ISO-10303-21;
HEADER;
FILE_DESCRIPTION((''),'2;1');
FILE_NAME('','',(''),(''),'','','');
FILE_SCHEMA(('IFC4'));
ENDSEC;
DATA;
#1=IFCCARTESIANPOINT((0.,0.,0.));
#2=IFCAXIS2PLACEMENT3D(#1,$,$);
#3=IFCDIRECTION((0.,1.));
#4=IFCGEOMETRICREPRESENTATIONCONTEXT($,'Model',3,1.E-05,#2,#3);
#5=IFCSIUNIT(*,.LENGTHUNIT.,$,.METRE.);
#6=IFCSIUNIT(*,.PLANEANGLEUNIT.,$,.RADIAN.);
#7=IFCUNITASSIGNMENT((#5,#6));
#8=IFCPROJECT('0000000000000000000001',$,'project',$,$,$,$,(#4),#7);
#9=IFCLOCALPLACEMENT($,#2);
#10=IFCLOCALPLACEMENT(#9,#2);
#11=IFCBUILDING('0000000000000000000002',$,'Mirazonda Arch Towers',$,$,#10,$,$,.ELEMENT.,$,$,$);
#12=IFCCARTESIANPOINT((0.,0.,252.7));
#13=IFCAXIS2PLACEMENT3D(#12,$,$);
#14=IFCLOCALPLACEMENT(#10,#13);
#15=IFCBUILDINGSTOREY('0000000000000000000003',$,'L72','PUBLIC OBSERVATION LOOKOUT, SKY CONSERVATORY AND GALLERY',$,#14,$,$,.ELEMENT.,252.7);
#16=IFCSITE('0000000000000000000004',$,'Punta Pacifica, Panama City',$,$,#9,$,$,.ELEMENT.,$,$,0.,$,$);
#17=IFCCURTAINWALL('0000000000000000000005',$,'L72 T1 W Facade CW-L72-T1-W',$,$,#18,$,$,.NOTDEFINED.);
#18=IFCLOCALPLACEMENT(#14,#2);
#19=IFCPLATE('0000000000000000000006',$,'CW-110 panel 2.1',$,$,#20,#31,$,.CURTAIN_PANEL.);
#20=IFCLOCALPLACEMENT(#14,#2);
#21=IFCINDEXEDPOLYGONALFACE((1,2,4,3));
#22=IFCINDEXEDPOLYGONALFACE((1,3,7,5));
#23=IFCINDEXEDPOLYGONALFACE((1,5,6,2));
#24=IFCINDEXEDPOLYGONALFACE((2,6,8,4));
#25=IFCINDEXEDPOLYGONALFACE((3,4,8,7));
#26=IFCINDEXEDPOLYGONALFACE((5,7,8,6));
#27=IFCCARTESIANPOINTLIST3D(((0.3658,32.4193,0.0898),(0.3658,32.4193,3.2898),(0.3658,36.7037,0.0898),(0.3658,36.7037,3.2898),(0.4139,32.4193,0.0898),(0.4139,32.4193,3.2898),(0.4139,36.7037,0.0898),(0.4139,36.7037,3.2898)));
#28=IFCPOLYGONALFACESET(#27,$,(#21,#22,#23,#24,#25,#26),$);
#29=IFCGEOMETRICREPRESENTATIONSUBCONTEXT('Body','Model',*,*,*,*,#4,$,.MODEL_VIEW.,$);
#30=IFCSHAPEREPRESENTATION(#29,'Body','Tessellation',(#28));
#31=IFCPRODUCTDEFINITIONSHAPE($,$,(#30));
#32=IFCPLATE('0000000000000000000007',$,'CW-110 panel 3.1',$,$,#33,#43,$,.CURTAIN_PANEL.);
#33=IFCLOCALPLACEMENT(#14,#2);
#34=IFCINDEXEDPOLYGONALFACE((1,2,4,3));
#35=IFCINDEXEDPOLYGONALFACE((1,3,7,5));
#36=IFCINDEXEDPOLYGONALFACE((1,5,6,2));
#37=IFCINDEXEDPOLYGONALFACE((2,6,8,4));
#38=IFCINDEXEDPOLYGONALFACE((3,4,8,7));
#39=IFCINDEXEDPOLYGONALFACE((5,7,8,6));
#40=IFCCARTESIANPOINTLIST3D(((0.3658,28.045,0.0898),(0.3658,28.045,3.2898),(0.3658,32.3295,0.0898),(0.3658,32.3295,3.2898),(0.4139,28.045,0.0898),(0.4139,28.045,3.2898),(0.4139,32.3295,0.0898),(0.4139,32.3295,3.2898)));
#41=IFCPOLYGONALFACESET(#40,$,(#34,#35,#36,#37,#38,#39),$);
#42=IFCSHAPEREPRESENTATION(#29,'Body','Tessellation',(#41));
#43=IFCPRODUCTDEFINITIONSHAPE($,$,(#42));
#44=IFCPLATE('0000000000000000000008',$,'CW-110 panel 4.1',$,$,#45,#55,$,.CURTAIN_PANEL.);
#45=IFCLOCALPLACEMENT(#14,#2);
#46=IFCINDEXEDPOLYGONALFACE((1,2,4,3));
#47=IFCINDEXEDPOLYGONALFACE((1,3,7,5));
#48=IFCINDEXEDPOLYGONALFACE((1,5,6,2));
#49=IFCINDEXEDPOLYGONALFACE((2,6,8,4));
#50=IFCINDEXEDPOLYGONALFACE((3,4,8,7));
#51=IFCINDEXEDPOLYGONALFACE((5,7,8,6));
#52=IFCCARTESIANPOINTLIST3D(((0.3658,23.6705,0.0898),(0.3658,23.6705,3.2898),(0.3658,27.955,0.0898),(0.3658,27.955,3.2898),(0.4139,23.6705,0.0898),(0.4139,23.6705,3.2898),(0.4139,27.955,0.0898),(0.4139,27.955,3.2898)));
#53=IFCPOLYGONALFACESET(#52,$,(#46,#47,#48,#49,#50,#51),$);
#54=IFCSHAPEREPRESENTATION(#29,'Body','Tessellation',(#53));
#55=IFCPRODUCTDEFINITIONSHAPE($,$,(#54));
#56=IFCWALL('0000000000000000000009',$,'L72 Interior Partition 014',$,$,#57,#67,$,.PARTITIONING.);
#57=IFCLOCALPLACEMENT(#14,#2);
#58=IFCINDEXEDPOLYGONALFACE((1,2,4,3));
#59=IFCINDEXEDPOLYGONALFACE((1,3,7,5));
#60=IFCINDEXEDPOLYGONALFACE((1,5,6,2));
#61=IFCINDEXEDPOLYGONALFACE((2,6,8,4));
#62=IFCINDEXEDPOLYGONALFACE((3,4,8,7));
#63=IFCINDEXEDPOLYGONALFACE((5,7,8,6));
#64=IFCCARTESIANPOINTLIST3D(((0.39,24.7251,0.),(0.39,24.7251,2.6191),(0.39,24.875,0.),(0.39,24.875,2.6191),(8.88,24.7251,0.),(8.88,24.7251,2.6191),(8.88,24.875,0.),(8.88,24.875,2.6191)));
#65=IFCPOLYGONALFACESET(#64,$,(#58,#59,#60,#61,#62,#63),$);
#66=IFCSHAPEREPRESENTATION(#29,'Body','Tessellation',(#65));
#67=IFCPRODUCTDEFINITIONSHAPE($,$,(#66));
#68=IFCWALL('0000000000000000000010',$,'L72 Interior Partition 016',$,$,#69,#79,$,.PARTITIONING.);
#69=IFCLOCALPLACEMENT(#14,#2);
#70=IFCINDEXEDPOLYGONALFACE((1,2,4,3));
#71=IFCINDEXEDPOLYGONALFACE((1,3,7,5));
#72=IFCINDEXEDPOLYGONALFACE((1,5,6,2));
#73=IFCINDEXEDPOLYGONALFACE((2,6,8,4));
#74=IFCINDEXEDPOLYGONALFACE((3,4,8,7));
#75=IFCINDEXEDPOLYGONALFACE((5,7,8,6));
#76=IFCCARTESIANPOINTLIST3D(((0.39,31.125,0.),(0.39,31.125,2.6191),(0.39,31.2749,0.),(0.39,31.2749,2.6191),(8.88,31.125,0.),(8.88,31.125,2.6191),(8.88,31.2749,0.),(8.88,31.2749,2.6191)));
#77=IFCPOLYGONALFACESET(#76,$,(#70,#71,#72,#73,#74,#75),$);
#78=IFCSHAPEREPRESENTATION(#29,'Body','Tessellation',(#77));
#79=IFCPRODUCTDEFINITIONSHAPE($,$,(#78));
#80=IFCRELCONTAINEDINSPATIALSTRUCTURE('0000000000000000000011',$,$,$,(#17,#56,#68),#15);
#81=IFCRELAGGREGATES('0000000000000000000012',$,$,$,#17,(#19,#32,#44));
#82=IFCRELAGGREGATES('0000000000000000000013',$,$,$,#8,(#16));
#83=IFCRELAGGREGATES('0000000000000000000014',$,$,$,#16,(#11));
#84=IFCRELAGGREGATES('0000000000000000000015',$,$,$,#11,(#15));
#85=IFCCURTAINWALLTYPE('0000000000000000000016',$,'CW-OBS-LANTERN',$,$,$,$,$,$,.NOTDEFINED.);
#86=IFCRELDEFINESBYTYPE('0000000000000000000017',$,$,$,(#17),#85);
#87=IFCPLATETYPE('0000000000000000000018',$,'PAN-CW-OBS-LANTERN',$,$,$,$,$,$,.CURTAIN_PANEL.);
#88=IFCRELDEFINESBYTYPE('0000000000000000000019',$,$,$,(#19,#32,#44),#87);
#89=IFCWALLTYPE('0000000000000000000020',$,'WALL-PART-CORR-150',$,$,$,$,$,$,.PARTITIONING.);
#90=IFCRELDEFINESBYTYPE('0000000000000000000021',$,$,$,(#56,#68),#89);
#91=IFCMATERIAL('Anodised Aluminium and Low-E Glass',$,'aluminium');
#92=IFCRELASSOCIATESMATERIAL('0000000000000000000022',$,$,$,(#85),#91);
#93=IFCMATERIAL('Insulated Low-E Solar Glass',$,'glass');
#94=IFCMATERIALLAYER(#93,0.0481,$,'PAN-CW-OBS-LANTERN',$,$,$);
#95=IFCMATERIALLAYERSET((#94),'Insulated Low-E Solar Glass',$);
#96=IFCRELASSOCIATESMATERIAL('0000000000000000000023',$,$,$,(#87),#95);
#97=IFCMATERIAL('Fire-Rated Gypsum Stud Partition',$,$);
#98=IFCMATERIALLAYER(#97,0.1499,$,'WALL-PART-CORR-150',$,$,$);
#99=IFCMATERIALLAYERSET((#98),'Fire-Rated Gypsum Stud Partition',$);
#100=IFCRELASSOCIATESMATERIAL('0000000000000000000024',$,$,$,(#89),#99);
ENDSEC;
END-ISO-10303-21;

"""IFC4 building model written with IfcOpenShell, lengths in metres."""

from ifc_helpers import new_model, si_unit, direction, frame, frame_2d, origin, origin_2d, place, context, subcontext, project, spatial, rectangle, extrude, material, layer, layer_set, type_object, element, aggregate, save


model = new_model("IFC4")

# Units and contexts
model_context = context("Model", 3, precision=1e-05, world=origin(), true_north=direction((0.0, 1.0)))
body_context = subcontext(model_context, "Body", "Model", "MODEL_VIEW")
ifc_project = project(units=[si_unit("LENGTHUNIT", "METRE"), si_unit("PLANEANGLEUNIT", "RADIAN")], contexts=[model_context])

# Site, building, storey
site_placement = place(None, origin())
site = spatial("IfcSite", under=ifc_project, at=site_placement, Name="Punta Pacifica, Panama City", CompositionType="ELEMENT", RefElevation=0.0)
building_placement = place(site_placement, origin())
building = spatial("IfcBuilding", under=site, at=building_placement, Name="Mirazonda Arch Towers", CompositionType="ELEMENT")
storey_placement = place(building_placement, frame((0.0, 0.0, 252.7)))
storey = spatial("IfcBuildingStorey", under=building, at=storey_placement, Name="L72", Description="PUBLIC OBSERVATION LOOKOUT, SKY CONSERVATORY AND GALLERY", CompositionType="ELEMENT", Elevation=252.7)

# Curtain wall, plates
ifc_material_1 = material(Name="Anodised Aluminium and Low-E Glass", Category="aluminium")
curtain_wall_type = type_object("IfcCurtainWallType", Name="CW-OBS-LANTERN", PredefinedType="NOTDEFINED", material=ifc_material_1)
curtain_wall_placement = place(storey_placement, origin())
curtain_wall = element("IfcCurtainWall", 1, at=curtain_wall_placement, inside=storey, type_object=curtain_wall_type, Name="L72 T1 W Facade CW-L72-T1-W", PredefinedType="NOTDEFINED")
ifc_material_2 = material(Name="Insulated Low-E Solar Glass", Category="glass")
ifc_layer_1 = layer(ifc_material_2, 0.0481, Name="PAN-CW-OBS-LANTERN")
ifc_layer_set_1 = layer_set([ifc_layer_1], Name="Insulated Low-E Solar Glass")
plate_type = type_object("IfcPlateType", Name="PAN-CW-OBS-LANTERN", PredefinedType="CURTAIN_PANEL", material=ifc_layer_set_1)
plate_1_placement = place(storey_placement, frame((0.3899, 34.5615, 0.0898), z_axis=(0.0, 0.0, 1.0), x_axis=(0.0, -1.0, 0.0)))
plate_1 = element("IfcPlate", 2, at=plate_1_placement, type_object=plate_type, Name="CW-110 panel 2.1", PredefinedType="CURTAIN_PANEL", context=body_context, shape_type="SweptSolid", body=[
    extrude(rectangle(XDim=4.2844, YDim=0.0481, at=origin_2d()), origin(), (0.0, 0.0, 1.0), 3.2),
])
plate_2_placement = place(storey_placement, frame((0.3899, 30.1873, 0.0898), z_axis=(0.0, 0.0, 1.0), x_axis=(0.0, -1.0, 0.0)))
plate_2 = element("IfcPlate", 3, at=plate_2_placement, type_object=plate_type, Name="CW-110 panel 3.1", PredefinedType="CURTAIN_PANEL", context=body_context, shape_type="SweptSolid", body=[
    extrude(rectangle(XDim=4.2844, YDim=0.0481, at=origin_2d()), origin(), (0.0, 0.0, 1.0), 3.2),
])
plate_3_placement = place(storey_placement, frame((0.3899, 25.8127, 0.0898), z_axis=(0.0, 0.0, 1.0), x_axis=(0.0, -1.0, 0.0)))
plate_3 = element("IfcPlate", 4, at=plate_3_placement, type_object=plate_type, Name="CW-110 panel 4.1", PredefinedType="CURTAIN_PANEL", context=body_context, shape_type="SweptSolid", body=[
    extrude(rectangle(XDim=4.2844, YDim=0.0481, at=origin_2d()), origin(), (0.0, 0.0, 1.0), 3.2),
])
aggregate(curtain_wall, [plate_1, plate_2, plate_3])

# Walls
ifc_material_3 = material(Name="Fire-Rated Gypsum Stud Partition")
ifc_layer_2 = layer(ifc_material_3, 0.1499, Name="WALL-PART-CORR-150")
ifc_layer_set_2 = layer_set([ifc_layer_2], Name="Fire-Rated Gypsum Stud Partition")
wall_type = type_object("IfcWallType", Name="WALL-PART-CORR-150", PredefinedType="PARTITIONING", material=ifc_layer_set_2)
for number, where, z_axis, x_axis, name in (
    (5, (0.3899, 24.8, 0.0), (0.0, 0.0, 1.0), (1.0, 0.0, 0.0), "L72 Interior Partition 014"),
    (6, (0.3899, 31.2, 0.0), (0.0, 0.0, 1.0), (1.0, 0.0, 0.0), "L72 Interior Partition 016"),
):
    element("IfcWall", number, at=place(storey_placement, frame(where, z_axis=z_axis, x_axis=x_axis)), inside=storey, type_object=wall_type, Name=name, PredefinedType="PARTITIONING", context=body_context, shape_type="SweptSolid", body=[
        extrude(rectangle(XDim=8.49, YDim=0.1499, at=frame_2d((4.2451, 0.0))), origin(), (0.0, 0.0, 1.0), 2.6191),
    ])

save(model, "model.ifc")
